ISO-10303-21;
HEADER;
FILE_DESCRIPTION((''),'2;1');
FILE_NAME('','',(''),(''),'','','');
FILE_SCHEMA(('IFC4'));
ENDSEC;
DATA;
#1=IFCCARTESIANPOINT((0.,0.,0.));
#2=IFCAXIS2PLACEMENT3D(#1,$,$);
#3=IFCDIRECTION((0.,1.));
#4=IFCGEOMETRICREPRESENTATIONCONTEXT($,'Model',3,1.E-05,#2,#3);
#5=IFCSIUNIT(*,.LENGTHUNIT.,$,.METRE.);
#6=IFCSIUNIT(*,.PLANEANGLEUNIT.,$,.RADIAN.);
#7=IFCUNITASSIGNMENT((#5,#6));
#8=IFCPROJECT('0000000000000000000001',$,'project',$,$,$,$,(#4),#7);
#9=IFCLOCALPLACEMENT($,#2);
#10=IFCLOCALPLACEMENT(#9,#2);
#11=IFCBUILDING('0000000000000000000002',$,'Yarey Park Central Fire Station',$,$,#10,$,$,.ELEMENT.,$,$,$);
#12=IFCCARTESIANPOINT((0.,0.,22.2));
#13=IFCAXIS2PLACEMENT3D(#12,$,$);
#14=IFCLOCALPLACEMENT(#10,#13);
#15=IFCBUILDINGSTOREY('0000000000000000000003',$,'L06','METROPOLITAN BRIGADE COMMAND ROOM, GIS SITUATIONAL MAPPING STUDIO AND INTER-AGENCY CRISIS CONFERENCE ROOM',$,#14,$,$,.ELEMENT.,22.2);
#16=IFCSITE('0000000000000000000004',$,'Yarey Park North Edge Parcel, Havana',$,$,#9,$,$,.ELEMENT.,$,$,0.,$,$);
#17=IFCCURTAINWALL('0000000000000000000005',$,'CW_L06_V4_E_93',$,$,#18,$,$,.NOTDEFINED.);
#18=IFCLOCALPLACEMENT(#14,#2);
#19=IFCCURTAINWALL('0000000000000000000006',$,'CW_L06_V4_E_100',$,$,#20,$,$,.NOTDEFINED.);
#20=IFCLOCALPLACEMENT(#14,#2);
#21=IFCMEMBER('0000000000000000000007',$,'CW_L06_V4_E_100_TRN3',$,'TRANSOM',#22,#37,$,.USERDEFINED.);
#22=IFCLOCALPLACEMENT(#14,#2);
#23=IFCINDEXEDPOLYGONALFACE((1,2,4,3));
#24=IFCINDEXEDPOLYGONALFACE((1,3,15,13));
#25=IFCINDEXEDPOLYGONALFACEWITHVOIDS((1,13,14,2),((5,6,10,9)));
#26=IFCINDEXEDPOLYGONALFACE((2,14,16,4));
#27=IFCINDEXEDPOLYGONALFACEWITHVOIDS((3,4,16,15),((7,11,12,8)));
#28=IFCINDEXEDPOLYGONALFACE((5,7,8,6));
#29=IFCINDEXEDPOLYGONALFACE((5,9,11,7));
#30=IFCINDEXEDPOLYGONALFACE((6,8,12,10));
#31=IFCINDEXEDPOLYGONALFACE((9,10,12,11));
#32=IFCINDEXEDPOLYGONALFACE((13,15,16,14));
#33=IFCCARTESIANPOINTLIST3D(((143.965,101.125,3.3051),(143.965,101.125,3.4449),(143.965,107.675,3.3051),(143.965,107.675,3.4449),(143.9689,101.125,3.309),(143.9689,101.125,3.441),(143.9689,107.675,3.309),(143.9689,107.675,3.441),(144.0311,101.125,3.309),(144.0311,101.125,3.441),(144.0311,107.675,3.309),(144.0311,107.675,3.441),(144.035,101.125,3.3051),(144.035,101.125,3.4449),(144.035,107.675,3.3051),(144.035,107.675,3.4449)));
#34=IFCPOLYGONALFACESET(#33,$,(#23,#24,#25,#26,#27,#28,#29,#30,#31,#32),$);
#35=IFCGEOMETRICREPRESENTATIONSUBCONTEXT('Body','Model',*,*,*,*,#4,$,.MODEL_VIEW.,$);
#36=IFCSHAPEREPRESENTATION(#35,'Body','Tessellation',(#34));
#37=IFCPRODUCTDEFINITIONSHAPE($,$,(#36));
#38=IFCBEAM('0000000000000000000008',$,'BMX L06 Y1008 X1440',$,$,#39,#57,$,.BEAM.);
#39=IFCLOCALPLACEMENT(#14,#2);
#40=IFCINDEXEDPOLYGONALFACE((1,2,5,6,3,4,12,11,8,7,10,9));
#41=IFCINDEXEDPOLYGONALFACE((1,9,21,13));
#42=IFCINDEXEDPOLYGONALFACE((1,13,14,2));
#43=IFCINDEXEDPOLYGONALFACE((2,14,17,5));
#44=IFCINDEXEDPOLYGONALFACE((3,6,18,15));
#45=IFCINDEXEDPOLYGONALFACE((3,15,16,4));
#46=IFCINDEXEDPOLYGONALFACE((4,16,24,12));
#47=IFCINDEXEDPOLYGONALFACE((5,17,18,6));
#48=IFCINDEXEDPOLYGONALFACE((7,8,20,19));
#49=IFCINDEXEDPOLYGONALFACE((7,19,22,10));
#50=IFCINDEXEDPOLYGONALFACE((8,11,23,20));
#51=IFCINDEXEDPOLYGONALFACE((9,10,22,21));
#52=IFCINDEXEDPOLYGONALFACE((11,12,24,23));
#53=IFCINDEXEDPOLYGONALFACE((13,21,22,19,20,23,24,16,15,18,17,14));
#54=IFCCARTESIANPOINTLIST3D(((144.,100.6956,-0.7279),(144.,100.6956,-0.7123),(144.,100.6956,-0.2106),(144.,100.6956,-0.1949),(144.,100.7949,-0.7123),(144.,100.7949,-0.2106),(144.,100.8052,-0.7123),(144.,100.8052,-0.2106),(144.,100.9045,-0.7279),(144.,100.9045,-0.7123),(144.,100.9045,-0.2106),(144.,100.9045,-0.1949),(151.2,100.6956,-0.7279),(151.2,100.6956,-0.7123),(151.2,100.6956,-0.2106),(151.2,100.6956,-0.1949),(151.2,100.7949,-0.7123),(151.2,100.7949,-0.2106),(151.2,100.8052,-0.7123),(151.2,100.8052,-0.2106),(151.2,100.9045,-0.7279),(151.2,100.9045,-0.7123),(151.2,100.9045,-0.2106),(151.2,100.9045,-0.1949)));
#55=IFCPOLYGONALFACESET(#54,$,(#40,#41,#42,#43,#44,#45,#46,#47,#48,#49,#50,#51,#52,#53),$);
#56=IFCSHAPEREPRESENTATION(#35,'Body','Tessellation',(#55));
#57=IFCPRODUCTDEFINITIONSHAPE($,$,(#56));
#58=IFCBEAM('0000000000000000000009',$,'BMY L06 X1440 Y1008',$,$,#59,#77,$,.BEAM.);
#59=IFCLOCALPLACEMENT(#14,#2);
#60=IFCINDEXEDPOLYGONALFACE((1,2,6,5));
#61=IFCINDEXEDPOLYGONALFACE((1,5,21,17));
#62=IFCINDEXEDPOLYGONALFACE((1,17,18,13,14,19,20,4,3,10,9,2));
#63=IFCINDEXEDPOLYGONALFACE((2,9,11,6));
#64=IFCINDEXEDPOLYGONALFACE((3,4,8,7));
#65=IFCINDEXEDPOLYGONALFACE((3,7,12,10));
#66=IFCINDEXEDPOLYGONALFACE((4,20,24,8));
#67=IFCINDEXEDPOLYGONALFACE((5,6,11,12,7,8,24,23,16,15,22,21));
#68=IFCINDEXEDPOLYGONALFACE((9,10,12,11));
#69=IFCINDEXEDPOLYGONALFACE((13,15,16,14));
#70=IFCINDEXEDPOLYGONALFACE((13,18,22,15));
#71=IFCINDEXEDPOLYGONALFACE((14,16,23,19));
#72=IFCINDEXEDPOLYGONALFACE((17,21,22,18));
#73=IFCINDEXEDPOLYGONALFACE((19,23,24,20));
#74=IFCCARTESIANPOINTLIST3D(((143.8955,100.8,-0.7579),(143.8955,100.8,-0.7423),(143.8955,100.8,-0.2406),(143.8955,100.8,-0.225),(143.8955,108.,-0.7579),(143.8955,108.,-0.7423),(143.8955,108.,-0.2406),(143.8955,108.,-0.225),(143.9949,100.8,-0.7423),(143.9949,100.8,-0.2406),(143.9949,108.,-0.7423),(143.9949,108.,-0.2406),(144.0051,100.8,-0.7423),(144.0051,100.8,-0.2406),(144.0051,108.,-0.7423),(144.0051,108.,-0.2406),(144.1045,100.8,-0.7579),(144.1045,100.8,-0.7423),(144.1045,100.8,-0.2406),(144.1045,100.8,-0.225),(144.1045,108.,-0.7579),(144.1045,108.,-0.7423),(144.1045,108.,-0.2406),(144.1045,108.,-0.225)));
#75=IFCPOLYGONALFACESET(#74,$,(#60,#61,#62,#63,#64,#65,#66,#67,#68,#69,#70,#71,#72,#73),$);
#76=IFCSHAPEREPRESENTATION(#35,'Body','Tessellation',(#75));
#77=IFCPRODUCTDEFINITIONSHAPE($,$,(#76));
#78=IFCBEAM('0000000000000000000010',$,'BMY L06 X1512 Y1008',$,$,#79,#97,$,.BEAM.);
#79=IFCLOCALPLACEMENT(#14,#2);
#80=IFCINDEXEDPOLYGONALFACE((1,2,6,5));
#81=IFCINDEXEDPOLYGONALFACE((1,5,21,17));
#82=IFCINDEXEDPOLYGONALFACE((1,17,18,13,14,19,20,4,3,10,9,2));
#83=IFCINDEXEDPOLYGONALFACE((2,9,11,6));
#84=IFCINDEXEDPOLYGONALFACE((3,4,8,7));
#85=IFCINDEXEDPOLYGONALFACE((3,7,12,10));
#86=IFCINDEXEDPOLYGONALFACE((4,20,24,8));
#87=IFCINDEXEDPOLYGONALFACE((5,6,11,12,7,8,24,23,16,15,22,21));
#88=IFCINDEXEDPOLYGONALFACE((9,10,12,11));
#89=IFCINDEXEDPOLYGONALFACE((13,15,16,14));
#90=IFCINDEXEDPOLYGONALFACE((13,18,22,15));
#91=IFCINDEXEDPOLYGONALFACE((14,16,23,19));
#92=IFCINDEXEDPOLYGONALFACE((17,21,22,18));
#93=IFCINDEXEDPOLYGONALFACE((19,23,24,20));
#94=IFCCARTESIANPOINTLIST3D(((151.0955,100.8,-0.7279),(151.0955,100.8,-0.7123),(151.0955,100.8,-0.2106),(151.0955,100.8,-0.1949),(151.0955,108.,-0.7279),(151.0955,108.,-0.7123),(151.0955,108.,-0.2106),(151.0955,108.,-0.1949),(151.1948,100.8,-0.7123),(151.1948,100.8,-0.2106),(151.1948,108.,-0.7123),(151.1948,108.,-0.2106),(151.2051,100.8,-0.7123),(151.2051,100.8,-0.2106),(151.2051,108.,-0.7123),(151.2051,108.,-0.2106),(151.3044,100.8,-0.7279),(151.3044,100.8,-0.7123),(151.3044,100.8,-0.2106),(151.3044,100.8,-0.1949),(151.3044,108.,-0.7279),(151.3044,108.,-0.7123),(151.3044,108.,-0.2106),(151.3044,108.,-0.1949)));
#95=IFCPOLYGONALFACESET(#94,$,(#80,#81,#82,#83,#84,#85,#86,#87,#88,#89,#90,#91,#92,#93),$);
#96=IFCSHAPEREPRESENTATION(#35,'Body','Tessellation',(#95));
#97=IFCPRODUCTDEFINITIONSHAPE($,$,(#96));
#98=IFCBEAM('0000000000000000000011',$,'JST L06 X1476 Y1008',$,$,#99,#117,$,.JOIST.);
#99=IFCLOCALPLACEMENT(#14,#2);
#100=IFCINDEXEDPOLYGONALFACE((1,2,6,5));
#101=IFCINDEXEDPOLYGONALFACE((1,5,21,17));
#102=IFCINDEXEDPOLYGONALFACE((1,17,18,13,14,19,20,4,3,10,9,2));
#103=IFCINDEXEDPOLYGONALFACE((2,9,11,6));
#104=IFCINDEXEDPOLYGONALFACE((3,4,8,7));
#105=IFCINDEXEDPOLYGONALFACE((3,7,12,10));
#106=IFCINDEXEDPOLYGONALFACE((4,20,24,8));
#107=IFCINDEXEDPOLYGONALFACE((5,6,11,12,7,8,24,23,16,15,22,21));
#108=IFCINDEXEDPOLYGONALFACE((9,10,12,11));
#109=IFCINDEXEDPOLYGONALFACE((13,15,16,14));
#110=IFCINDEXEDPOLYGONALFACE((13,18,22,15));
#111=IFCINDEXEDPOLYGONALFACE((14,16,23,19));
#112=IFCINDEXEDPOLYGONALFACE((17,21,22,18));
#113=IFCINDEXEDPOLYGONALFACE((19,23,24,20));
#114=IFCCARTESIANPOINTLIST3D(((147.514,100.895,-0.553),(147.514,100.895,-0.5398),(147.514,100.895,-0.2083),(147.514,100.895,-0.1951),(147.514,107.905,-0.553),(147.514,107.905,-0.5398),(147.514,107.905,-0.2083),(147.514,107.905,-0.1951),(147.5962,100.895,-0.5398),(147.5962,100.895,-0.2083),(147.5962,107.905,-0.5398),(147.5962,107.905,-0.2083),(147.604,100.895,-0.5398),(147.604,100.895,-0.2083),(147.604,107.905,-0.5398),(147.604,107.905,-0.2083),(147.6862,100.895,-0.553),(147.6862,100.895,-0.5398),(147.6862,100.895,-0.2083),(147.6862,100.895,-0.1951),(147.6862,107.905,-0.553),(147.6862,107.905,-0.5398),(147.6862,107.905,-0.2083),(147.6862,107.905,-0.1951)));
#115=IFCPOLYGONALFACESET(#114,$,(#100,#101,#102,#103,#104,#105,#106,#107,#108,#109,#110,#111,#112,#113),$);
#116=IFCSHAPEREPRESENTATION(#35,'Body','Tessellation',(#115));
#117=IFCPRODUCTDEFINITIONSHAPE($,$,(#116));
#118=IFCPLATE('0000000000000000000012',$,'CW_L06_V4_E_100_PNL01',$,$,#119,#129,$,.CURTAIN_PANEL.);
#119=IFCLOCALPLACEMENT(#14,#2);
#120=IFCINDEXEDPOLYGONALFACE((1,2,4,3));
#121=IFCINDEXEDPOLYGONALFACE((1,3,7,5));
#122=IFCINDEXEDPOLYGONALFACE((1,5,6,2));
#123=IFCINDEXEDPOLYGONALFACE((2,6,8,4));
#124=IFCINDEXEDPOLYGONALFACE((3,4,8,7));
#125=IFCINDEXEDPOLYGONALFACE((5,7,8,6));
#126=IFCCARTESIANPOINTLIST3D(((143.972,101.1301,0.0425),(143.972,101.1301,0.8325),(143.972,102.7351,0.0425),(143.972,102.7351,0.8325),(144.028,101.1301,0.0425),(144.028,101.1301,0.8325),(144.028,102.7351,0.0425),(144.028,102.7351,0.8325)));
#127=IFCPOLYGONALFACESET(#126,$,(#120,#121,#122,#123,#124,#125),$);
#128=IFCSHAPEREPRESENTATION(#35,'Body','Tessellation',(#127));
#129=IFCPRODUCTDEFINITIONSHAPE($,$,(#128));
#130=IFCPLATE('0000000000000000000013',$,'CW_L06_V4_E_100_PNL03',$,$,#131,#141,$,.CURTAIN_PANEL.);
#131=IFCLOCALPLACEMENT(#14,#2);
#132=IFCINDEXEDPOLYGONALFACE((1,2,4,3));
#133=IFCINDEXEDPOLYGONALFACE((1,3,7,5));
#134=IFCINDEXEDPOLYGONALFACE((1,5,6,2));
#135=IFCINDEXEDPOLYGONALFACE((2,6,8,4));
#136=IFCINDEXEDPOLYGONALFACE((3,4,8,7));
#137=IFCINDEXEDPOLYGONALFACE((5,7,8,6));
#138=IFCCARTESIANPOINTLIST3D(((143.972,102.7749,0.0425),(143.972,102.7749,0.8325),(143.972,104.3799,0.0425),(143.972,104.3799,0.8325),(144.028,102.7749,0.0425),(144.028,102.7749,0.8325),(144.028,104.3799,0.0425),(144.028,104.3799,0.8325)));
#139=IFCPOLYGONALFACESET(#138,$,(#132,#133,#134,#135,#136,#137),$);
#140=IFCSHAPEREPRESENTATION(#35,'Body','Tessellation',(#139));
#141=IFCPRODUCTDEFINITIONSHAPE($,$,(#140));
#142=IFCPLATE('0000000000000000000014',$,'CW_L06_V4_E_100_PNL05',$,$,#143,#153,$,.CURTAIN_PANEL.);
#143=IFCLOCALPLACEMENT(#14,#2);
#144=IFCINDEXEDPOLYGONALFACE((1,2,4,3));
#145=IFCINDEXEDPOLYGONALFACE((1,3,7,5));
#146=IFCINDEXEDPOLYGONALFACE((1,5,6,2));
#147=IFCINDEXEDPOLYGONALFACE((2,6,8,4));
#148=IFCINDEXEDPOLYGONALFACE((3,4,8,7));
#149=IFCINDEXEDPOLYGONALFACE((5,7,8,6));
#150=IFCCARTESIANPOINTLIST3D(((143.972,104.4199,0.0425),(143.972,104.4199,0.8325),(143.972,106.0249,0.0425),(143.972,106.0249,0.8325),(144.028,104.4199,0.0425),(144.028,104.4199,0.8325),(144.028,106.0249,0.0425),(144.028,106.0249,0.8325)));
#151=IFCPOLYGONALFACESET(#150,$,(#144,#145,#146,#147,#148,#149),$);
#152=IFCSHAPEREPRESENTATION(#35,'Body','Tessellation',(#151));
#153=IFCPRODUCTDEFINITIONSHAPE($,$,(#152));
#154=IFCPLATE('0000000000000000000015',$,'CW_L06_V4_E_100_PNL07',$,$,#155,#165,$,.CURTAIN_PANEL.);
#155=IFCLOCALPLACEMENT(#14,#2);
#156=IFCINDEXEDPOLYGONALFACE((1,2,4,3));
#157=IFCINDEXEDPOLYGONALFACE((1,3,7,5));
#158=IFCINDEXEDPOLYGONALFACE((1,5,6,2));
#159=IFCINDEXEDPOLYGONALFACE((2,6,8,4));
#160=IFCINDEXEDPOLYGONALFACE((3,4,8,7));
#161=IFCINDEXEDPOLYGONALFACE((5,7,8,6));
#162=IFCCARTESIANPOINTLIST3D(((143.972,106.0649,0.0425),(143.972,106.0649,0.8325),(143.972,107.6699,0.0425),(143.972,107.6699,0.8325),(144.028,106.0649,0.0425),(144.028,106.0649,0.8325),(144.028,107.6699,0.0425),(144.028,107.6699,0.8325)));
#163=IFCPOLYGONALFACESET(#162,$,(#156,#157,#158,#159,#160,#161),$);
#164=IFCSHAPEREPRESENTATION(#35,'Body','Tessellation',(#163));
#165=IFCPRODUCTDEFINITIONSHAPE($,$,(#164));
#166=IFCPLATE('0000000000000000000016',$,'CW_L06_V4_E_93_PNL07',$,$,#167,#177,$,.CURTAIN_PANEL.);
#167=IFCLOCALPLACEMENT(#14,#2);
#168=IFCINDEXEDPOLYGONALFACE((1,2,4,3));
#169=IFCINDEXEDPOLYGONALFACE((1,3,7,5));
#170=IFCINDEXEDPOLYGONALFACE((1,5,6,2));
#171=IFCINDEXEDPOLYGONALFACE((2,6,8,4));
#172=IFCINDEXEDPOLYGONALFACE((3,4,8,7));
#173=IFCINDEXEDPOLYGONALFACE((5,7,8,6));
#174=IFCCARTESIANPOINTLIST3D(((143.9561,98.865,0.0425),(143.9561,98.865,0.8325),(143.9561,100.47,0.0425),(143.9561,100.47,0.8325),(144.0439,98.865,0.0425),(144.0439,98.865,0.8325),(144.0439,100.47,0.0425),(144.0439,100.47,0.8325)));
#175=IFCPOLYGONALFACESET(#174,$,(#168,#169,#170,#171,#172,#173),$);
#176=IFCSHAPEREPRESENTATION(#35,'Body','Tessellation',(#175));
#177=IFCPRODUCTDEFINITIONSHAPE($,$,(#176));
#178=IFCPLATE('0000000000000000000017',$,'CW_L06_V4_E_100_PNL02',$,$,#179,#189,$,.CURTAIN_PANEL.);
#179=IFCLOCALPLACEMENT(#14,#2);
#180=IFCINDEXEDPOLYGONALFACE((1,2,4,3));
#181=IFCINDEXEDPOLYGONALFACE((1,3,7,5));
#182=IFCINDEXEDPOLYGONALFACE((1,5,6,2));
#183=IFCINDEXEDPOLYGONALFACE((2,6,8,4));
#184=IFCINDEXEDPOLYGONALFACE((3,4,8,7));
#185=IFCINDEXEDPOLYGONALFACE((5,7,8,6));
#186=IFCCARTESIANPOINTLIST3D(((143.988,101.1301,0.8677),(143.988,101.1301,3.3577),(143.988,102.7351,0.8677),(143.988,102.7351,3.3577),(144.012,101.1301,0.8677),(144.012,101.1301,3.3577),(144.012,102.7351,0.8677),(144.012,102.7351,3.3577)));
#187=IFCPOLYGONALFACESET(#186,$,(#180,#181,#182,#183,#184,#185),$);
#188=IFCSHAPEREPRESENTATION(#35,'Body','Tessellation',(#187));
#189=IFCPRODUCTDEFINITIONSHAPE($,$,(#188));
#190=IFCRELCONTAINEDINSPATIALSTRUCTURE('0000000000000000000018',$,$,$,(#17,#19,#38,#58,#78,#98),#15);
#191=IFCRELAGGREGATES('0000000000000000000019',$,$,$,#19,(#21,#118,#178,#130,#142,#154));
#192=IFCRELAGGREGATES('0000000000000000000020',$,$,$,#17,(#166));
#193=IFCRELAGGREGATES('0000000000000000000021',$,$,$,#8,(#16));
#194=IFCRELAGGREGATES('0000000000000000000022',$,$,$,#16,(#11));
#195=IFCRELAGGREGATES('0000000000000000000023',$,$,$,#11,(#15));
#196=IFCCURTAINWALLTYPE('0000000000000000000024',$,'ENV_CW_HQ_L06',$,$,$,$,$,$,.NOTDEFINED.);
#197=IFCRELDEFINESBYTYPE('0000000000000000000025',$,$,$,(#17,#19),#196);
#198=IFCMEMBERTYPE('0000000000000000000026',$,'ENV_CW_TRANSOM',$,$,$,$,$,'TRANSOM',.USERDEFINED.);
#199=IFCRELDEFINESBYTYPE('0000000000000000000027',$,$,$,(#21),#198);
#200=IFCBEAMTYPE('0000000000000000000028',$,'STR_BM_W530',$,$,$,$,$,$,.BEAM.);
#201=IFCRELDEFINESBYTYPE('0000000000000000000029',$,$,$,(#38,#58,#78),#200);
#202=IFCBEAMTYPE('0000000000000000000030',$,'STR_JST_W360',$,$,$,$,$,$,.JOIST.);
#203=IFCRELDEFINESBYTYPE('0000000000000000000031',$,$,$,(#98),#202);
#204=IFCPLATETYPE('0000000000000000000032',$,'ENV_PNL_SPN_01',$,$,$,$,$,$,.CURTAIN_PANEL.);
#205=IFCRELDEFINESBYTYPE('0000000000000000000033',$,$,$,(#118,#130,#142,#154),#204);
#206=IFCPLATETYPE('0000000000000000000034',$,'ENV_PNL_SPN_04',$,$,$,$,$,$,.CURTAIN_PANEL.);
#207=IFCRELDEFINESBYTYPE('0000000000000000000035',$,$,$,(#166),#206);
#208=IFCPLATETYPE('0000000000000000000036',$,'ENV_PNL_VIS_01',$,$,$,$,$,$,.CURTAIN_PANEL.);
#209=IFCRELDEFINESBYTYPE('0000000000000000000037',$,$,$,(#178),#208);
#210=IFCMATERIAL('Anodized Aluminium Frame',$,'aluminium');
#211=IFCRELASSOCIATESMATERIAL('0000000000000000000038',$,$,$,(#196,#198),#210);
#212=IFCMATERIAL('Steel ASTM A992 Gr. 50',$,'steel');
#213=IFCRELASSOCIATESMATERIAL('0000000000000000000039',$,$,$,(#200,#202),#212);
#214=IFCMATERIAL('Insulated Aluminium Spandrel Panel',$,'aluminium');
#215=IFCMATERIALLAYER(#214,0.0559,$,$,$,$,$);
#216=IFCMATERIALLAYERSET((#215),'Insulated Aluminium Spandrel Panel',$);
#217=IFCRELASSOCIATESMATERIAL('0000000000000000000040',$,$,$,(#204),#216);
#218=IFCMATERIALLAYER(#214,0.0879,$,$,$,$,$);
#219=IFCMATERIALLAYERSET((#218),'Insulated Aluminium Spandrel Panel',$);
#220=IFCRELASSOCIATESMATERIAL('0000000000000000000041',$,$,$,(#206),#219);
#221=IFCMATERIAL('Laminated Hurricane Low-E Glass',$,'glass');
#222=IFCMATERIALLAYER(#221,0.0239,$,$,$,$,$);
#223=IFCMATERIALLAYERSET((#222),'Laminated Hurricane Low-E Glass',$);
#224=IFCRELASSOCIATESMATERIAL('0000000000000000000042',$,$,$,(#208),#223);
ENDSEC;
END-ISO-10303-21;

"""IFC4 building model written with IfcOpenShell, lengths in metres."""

from ifc_helpers import new_model, si_unit, direction, frame, origin, origin_2d, place, context, subcontext, project, spatial, rectangle, hollow_rectangle, i_section, extrude, material, layer, layer_set, material_profile, profile_set, type_object, element, aggregate, save


model = new_model("IFC4")

# Units and contexts
model_context = context("Model", 3, precision=1e-05, world=origin(), true_north=direction((0.0, 1.0)))
body_context = subcontext(model_context, "Body", "Model", "MODEL_VIEW")
ifc_project = project(units=[si_unit("LENGTHUNIT", "METRE"), si_unit("PLANEANGLEUNIT", "RADIAN")], contexts=[model_context])

# Site, building, storey
site_placement = place(None, origin())
site = spatial("IfcSite", under=ifc_project, at=site_placement, Name="Yarey Park North Edge Parcel, Havana", CompositionType="ELEMENT", RefElevation=0.0)
building_placement = place(site_placement, origin())
building = spatial("IfcBuilding", under=site, at=building_placement, Name="Yarey Park Central Fire Station", CompositionType="ELEMENT")
storey_placement = place(building_placement, frame((0.0, 0.0, 22.2)))
storey = spatial("IfcBuildingStorey", under=building, at=storey_placement, Name="L06", Description="METROPOLITAN BRIGADE COMMAND ROOM, GIS SITUATIONAL MAPPING STUDIO AND INTER-AGENCY CRISIS CONFERENCE ROOM", CompositionType="ELEMENT", Elevation=22.2)

# Curtain walls, member
ifc_material_1 = material(Name="Anodized Aluminium Frame", Category="aluminium")
curtain_wall_type = type_object("IfcCurtainWallType", Name="ENV_CW_HQ_L06", PredefinedType="NOTDEFINED", material=ifc_material_1)
curtain_wall_1_placement = place(storey_placement, origin())
curtain_wall_1 = element("IfcCurtainWall", 1, at=curtain_wall_1_placement, inside=storey, type_object=curtain_wall_type, Name="CW_L06_V4_E_93", PredefinedType="NOTDEFINED")
curtain_wall_2_placement = place(storey_placement, origin())
curtain_wall_2 = element("IfcCurtainWall", 2, at=curtain_wall_2_placement, inside=storey, type_object=curtain_wall_type, Name="CW_L06_V4_E_100", PredefinedType="NOTDEFINED")
ifc_material_profile_1 = material_profile(ifc_material_1, hollow_rectangle(XDim=0.0701, YDim=0.1399, WallThickness=0.0039, at=origin_2d()), Name="ALU 140x70x4")
ifc_profile_set_1 = profile_set([ifc_material_profile_1], Name="Anodized Aluminium Frame")
member_type_1 = type_object("IfcMemberType", Name="ENV_CW_TRANSOM", ElementType="TRANSOM", PredefinedType="USERDEFINED", material=ifc_profile_set_1)
member_1_placement = place(storey_placement, frame((144.0, 101.125, 3.375), z_axis=(0.0, 1.0, 0.0), x_axis=(-1.0, 0.0, 0.0)))
member_1 = element("IfcMember", 3, at=member_1_placement, type_object=member_type_1, Name="CW_L06_V4_E_100_TRN3", ObjectType="TRANSOM", PredefinedType="USERDEFINED", context=body_context, shape_type="SweptSolid", body=[
    extrude(hollow_rectangle(XDim=0.0701, YDim=0.1399, WallThickness=0.0039, at=origin_2d()), origin(), (0.0, 0.0, 1.0), 6.55),
])

# Beams
ifc_material_2 = material(Name="Steel ASTM A992 Gr. 50", Category="steel")
ifc_material_profile_2 = material_profile(ifc_material_2, i_section(OverallWidth=0.209, OverallDepth=0.533, WebThickness=0.0103, FlangeThickness=0.0156, at=origin_2d()), Name="W530x92")
ifc_profile_set_2 = profile_set([ifc_material_profile_2], Name="Steel ASTM A992 Gr. 50")
beam_type_1 = type_object("IfcBeamType", Name="STR_BM_W530", PredefinedType="BEAM", material=ifc_profile_set_2)
for number, where, z_axis, x_axis, name in (
    (4, (144.0, 100.8, -0.4614), (1.0, 0.0, 0.0), (0.0, 1.0, 0.0), "BMX L06 Y1008 X1440"),
    (5, (144.0, 100.8, -0.4915), (0.0, 1.0, 0.0), (-1.0, 0.0, 0.0), "BMY L06 X1440 Y1008"),
    (6, (151.2, 100.8, -0.4614), (0.0, 1.0, 0.0), (-1.0, 0.0, 0.0), "BMY L06 X1512 Y1008"),
):
    element("IfcBeam", number, at=place(storey_placement, frame(where, z_axis=z_axis, x_axis=x_axis)), inside=storey, type_object=beam_type_1, Name=name, PredefinedType="BEAM", context=body_context, shape_type="SweptSolid", body=[
        extrude(i_section(OverallWidth=0.209, OverallDepth=0.533, WebThickness=0.0103, FlangeThickness=0.0156, at=origin_2d()), origin(), (0.0, 0.0, 1.0), 7.2),
    ])
ifc_material_profile_3 = material_profile(ifc_material_2, i_section(OverallWidth=0.1721, OverallDepth=0.3579, WebThickness=0.0078, FlangeThickness=0.0132, at=origin_2d()), Name="W360x57")
ifc_profile_set_3 = profile_set([ifc_material_profile_3], Name="Steel ASTM A992 Gr. 50")
beam_type_2 = type_object("IfcBeamType", Name="STR_JST_W360", PredefinedType="JOIST", material=ifc_profile_set_3)
beam_placement = place(storey_placement, frame((147.6001, 100.895, -0.374), z_axis=(0.0, 1.0, 0.0), x_axis=(-1.0, 0.0, 0.0)))
element("IfcBeam", 7, at=beam_placement, inside=storey, type_object=beam_type_2, Name="JST L06 X1476 Y1008", PredefinedType="JOIST", context=body_context, shape_type="SweptSolid", body=[
    extrude(i_section(OverallWidth=0.1721, OverallDepth=0.3579, WebThickness=0.0078, FlangeThickness=0.0132, at=origin_2d()), origin(), (0.0, 0.0, 1.0), 7.01),
])

# Plates
ifc_material_3 = material(Name="Insulated Aluminium Spandrel Panel", Category="aluminium")
ifc_layer_1 = layer(ifc_material_3, 0.0559)
ifc_layer_set_1 = layer_set([ifc_layer_1], Name="Insulated Aluminium Spandrel Panel")
plate_type_1 = type_object("IfcPlateType", Name="ENV_PNL_SPN_01", PredefinedType="CURTAIN_PANEL", material=ifc_layer_set_1)
plate_1_placement = place(storey_placement, frame((144.0, 101.9326, 0.0425), z_axis=(0.0, 0.0, 1.0), x_axis=(0.0, 1.0, 0.0)))
plate_1 = element("IfcPlate", 8, at=plate_1_placement, type_object=plate_type_1, Name="CW_L06_V4_E_100_PNL01", PredefinedType="CURTAIN_PANEL", context=body_context, shape_type="SweptSolid", body=[
    extrude(rectangle(XDim=1.605, YDim=0.0559, at=origin_2d()), origin(), (0.0, 0.0, 1.0), 0.79),
])
plate_2_placement = place(storey_placement, frame((144.0, 103.5774, 0.0425), z_axis=(0.0, 0.0, 1.0), x_axis=(0.0, 1.0, 0.0)))
plate_2 = element("IfcPlate", 9, at=plate_2_placement, type_object=plate_type_1, Name="CW_L06_V4_E_100_PNL03", PredefinedType="CURTAIN_PANEL", context=body_context, shape_type="SweptSolid", body=[
    extrude(rectangle(XDim=1.605, YDim=0.0559, at=origin_2d()), origin(), (0.0, 0.0, 1.0), 0.79),
])
plate_3_placement = place(storey_placement, frame((144.0, 105.2224, 0.0425), z_axis=(0.0, 0.0, 1.0), x_axis=(0.0, 1.0, 0.0)))
plate_3 = element("IfcPlate", 10, at=plate_3_placement, type_object=plate_type_1, Name="CW_L06_V4_E_100_PNL05", PredefinedType="CURTAIN_PANEL", context=body_context, shape_type="SweptSolid", body=[
    extrude(rectangle(XDim=1.605, YDim=0.0559, at=origin_2d()), origin(), (0.0, 0.0, 1.0), 0.79),
])
plate_4_placement = place(storey_placement, frame((144.0, 106.8674, 0.0425), z_axis=(0.0, 0.0, 1.0), x_axis=(0.0, 1.0, 0.0)))
plate_4 = element("IfcPlate", 11, at=plate_4_placement, type_object=plate_type_1, Name="CW_L06_V4_E_100_PNL07", PredefinedType="CURTAIN_PANEL", context=body_context, shape_type="SweptSolid", body=[
    extrude(rectangle(XDim=1.605, YDim=0.0559, at=origin_2d()), origin(), (0.0, 0.0, 1.0), 0.79),
])
ifc_layer_2 = layer(ifc_material_3, 0.0879)
ifc_layer_set_2 = layer_set([ifc_layer_2], Name="Insulated Aluminium Spandrel Panel")
plate_type_2 = type_object("IfcPlateType", Name="ENV_PNL_SPN_04", PredefinedType="CURTAIN_PANEL", material=ifc_layer_set_2)
plate_5_placement = place(storey_placement, frame((144.0, 99.6675, 0.0425), z_axis=(0.0, 0.0, 1.0), x_axis=(0.0, 1.0, 0.0)))
plate_5 = element("IfcPlate", 12, at=plate_5_placement, type_object=plate_type_2, Name="CW_L06_V4_E_93_PNL07", PredefinedType="CURTAIN_PANEL", context=body_context, shape_type="SweptSolid", body=[
    extrude(rectangle(XDim=1.605, YDim=0.0879, at=origin_2d()), origin(), (0.0, 0.0, 1.0), 0.79),
])
ifc_material_4 = material(Name="Laminated Hurricane Low-E Glass", Category="glass")
ifc_layer_3 = layer(ifc_material_4, 0.0239)
ifc_layer_set_3 = layer_set([ifc_layer_3], Name="Laminated Hurricane Low-E Glass")
plate_type_3 = type_object("IfcPlateType", Name="ENV_PNL_VIS_01", PredefinedType="CURTAIN_PANEL", material=ifc_layer_set_3)
plate_6_placement = place(storey_placement, frame((144.0, 101.9326, 0.8677), z_axis=(0.0, 0.0, 1.0), x_axis=(0.0, 1.0, 0.0)))
plate_6 = element("IfcPlate", 13, at=plate_6_placement, type_object=plate_type_3, Name="CW_L06_V4_E_100_PNL02", PredefinedType="CURTAIN_PANEL", context=body_context, shape_type="SweptSolid", body=[
    extrude(rectangle(XDim=1.605, YDim=0.0239, at=origin_2d()), origin(), (0.0, 0.0, 1.0), 2.49),
])
aggregate(curtain_wall_2, [member_1, plate_1, plate_6, plate_2, plate_3, plate_4])
aggregate(curtain_wall_1, [plate_5])

save(model, "model.ifc")
